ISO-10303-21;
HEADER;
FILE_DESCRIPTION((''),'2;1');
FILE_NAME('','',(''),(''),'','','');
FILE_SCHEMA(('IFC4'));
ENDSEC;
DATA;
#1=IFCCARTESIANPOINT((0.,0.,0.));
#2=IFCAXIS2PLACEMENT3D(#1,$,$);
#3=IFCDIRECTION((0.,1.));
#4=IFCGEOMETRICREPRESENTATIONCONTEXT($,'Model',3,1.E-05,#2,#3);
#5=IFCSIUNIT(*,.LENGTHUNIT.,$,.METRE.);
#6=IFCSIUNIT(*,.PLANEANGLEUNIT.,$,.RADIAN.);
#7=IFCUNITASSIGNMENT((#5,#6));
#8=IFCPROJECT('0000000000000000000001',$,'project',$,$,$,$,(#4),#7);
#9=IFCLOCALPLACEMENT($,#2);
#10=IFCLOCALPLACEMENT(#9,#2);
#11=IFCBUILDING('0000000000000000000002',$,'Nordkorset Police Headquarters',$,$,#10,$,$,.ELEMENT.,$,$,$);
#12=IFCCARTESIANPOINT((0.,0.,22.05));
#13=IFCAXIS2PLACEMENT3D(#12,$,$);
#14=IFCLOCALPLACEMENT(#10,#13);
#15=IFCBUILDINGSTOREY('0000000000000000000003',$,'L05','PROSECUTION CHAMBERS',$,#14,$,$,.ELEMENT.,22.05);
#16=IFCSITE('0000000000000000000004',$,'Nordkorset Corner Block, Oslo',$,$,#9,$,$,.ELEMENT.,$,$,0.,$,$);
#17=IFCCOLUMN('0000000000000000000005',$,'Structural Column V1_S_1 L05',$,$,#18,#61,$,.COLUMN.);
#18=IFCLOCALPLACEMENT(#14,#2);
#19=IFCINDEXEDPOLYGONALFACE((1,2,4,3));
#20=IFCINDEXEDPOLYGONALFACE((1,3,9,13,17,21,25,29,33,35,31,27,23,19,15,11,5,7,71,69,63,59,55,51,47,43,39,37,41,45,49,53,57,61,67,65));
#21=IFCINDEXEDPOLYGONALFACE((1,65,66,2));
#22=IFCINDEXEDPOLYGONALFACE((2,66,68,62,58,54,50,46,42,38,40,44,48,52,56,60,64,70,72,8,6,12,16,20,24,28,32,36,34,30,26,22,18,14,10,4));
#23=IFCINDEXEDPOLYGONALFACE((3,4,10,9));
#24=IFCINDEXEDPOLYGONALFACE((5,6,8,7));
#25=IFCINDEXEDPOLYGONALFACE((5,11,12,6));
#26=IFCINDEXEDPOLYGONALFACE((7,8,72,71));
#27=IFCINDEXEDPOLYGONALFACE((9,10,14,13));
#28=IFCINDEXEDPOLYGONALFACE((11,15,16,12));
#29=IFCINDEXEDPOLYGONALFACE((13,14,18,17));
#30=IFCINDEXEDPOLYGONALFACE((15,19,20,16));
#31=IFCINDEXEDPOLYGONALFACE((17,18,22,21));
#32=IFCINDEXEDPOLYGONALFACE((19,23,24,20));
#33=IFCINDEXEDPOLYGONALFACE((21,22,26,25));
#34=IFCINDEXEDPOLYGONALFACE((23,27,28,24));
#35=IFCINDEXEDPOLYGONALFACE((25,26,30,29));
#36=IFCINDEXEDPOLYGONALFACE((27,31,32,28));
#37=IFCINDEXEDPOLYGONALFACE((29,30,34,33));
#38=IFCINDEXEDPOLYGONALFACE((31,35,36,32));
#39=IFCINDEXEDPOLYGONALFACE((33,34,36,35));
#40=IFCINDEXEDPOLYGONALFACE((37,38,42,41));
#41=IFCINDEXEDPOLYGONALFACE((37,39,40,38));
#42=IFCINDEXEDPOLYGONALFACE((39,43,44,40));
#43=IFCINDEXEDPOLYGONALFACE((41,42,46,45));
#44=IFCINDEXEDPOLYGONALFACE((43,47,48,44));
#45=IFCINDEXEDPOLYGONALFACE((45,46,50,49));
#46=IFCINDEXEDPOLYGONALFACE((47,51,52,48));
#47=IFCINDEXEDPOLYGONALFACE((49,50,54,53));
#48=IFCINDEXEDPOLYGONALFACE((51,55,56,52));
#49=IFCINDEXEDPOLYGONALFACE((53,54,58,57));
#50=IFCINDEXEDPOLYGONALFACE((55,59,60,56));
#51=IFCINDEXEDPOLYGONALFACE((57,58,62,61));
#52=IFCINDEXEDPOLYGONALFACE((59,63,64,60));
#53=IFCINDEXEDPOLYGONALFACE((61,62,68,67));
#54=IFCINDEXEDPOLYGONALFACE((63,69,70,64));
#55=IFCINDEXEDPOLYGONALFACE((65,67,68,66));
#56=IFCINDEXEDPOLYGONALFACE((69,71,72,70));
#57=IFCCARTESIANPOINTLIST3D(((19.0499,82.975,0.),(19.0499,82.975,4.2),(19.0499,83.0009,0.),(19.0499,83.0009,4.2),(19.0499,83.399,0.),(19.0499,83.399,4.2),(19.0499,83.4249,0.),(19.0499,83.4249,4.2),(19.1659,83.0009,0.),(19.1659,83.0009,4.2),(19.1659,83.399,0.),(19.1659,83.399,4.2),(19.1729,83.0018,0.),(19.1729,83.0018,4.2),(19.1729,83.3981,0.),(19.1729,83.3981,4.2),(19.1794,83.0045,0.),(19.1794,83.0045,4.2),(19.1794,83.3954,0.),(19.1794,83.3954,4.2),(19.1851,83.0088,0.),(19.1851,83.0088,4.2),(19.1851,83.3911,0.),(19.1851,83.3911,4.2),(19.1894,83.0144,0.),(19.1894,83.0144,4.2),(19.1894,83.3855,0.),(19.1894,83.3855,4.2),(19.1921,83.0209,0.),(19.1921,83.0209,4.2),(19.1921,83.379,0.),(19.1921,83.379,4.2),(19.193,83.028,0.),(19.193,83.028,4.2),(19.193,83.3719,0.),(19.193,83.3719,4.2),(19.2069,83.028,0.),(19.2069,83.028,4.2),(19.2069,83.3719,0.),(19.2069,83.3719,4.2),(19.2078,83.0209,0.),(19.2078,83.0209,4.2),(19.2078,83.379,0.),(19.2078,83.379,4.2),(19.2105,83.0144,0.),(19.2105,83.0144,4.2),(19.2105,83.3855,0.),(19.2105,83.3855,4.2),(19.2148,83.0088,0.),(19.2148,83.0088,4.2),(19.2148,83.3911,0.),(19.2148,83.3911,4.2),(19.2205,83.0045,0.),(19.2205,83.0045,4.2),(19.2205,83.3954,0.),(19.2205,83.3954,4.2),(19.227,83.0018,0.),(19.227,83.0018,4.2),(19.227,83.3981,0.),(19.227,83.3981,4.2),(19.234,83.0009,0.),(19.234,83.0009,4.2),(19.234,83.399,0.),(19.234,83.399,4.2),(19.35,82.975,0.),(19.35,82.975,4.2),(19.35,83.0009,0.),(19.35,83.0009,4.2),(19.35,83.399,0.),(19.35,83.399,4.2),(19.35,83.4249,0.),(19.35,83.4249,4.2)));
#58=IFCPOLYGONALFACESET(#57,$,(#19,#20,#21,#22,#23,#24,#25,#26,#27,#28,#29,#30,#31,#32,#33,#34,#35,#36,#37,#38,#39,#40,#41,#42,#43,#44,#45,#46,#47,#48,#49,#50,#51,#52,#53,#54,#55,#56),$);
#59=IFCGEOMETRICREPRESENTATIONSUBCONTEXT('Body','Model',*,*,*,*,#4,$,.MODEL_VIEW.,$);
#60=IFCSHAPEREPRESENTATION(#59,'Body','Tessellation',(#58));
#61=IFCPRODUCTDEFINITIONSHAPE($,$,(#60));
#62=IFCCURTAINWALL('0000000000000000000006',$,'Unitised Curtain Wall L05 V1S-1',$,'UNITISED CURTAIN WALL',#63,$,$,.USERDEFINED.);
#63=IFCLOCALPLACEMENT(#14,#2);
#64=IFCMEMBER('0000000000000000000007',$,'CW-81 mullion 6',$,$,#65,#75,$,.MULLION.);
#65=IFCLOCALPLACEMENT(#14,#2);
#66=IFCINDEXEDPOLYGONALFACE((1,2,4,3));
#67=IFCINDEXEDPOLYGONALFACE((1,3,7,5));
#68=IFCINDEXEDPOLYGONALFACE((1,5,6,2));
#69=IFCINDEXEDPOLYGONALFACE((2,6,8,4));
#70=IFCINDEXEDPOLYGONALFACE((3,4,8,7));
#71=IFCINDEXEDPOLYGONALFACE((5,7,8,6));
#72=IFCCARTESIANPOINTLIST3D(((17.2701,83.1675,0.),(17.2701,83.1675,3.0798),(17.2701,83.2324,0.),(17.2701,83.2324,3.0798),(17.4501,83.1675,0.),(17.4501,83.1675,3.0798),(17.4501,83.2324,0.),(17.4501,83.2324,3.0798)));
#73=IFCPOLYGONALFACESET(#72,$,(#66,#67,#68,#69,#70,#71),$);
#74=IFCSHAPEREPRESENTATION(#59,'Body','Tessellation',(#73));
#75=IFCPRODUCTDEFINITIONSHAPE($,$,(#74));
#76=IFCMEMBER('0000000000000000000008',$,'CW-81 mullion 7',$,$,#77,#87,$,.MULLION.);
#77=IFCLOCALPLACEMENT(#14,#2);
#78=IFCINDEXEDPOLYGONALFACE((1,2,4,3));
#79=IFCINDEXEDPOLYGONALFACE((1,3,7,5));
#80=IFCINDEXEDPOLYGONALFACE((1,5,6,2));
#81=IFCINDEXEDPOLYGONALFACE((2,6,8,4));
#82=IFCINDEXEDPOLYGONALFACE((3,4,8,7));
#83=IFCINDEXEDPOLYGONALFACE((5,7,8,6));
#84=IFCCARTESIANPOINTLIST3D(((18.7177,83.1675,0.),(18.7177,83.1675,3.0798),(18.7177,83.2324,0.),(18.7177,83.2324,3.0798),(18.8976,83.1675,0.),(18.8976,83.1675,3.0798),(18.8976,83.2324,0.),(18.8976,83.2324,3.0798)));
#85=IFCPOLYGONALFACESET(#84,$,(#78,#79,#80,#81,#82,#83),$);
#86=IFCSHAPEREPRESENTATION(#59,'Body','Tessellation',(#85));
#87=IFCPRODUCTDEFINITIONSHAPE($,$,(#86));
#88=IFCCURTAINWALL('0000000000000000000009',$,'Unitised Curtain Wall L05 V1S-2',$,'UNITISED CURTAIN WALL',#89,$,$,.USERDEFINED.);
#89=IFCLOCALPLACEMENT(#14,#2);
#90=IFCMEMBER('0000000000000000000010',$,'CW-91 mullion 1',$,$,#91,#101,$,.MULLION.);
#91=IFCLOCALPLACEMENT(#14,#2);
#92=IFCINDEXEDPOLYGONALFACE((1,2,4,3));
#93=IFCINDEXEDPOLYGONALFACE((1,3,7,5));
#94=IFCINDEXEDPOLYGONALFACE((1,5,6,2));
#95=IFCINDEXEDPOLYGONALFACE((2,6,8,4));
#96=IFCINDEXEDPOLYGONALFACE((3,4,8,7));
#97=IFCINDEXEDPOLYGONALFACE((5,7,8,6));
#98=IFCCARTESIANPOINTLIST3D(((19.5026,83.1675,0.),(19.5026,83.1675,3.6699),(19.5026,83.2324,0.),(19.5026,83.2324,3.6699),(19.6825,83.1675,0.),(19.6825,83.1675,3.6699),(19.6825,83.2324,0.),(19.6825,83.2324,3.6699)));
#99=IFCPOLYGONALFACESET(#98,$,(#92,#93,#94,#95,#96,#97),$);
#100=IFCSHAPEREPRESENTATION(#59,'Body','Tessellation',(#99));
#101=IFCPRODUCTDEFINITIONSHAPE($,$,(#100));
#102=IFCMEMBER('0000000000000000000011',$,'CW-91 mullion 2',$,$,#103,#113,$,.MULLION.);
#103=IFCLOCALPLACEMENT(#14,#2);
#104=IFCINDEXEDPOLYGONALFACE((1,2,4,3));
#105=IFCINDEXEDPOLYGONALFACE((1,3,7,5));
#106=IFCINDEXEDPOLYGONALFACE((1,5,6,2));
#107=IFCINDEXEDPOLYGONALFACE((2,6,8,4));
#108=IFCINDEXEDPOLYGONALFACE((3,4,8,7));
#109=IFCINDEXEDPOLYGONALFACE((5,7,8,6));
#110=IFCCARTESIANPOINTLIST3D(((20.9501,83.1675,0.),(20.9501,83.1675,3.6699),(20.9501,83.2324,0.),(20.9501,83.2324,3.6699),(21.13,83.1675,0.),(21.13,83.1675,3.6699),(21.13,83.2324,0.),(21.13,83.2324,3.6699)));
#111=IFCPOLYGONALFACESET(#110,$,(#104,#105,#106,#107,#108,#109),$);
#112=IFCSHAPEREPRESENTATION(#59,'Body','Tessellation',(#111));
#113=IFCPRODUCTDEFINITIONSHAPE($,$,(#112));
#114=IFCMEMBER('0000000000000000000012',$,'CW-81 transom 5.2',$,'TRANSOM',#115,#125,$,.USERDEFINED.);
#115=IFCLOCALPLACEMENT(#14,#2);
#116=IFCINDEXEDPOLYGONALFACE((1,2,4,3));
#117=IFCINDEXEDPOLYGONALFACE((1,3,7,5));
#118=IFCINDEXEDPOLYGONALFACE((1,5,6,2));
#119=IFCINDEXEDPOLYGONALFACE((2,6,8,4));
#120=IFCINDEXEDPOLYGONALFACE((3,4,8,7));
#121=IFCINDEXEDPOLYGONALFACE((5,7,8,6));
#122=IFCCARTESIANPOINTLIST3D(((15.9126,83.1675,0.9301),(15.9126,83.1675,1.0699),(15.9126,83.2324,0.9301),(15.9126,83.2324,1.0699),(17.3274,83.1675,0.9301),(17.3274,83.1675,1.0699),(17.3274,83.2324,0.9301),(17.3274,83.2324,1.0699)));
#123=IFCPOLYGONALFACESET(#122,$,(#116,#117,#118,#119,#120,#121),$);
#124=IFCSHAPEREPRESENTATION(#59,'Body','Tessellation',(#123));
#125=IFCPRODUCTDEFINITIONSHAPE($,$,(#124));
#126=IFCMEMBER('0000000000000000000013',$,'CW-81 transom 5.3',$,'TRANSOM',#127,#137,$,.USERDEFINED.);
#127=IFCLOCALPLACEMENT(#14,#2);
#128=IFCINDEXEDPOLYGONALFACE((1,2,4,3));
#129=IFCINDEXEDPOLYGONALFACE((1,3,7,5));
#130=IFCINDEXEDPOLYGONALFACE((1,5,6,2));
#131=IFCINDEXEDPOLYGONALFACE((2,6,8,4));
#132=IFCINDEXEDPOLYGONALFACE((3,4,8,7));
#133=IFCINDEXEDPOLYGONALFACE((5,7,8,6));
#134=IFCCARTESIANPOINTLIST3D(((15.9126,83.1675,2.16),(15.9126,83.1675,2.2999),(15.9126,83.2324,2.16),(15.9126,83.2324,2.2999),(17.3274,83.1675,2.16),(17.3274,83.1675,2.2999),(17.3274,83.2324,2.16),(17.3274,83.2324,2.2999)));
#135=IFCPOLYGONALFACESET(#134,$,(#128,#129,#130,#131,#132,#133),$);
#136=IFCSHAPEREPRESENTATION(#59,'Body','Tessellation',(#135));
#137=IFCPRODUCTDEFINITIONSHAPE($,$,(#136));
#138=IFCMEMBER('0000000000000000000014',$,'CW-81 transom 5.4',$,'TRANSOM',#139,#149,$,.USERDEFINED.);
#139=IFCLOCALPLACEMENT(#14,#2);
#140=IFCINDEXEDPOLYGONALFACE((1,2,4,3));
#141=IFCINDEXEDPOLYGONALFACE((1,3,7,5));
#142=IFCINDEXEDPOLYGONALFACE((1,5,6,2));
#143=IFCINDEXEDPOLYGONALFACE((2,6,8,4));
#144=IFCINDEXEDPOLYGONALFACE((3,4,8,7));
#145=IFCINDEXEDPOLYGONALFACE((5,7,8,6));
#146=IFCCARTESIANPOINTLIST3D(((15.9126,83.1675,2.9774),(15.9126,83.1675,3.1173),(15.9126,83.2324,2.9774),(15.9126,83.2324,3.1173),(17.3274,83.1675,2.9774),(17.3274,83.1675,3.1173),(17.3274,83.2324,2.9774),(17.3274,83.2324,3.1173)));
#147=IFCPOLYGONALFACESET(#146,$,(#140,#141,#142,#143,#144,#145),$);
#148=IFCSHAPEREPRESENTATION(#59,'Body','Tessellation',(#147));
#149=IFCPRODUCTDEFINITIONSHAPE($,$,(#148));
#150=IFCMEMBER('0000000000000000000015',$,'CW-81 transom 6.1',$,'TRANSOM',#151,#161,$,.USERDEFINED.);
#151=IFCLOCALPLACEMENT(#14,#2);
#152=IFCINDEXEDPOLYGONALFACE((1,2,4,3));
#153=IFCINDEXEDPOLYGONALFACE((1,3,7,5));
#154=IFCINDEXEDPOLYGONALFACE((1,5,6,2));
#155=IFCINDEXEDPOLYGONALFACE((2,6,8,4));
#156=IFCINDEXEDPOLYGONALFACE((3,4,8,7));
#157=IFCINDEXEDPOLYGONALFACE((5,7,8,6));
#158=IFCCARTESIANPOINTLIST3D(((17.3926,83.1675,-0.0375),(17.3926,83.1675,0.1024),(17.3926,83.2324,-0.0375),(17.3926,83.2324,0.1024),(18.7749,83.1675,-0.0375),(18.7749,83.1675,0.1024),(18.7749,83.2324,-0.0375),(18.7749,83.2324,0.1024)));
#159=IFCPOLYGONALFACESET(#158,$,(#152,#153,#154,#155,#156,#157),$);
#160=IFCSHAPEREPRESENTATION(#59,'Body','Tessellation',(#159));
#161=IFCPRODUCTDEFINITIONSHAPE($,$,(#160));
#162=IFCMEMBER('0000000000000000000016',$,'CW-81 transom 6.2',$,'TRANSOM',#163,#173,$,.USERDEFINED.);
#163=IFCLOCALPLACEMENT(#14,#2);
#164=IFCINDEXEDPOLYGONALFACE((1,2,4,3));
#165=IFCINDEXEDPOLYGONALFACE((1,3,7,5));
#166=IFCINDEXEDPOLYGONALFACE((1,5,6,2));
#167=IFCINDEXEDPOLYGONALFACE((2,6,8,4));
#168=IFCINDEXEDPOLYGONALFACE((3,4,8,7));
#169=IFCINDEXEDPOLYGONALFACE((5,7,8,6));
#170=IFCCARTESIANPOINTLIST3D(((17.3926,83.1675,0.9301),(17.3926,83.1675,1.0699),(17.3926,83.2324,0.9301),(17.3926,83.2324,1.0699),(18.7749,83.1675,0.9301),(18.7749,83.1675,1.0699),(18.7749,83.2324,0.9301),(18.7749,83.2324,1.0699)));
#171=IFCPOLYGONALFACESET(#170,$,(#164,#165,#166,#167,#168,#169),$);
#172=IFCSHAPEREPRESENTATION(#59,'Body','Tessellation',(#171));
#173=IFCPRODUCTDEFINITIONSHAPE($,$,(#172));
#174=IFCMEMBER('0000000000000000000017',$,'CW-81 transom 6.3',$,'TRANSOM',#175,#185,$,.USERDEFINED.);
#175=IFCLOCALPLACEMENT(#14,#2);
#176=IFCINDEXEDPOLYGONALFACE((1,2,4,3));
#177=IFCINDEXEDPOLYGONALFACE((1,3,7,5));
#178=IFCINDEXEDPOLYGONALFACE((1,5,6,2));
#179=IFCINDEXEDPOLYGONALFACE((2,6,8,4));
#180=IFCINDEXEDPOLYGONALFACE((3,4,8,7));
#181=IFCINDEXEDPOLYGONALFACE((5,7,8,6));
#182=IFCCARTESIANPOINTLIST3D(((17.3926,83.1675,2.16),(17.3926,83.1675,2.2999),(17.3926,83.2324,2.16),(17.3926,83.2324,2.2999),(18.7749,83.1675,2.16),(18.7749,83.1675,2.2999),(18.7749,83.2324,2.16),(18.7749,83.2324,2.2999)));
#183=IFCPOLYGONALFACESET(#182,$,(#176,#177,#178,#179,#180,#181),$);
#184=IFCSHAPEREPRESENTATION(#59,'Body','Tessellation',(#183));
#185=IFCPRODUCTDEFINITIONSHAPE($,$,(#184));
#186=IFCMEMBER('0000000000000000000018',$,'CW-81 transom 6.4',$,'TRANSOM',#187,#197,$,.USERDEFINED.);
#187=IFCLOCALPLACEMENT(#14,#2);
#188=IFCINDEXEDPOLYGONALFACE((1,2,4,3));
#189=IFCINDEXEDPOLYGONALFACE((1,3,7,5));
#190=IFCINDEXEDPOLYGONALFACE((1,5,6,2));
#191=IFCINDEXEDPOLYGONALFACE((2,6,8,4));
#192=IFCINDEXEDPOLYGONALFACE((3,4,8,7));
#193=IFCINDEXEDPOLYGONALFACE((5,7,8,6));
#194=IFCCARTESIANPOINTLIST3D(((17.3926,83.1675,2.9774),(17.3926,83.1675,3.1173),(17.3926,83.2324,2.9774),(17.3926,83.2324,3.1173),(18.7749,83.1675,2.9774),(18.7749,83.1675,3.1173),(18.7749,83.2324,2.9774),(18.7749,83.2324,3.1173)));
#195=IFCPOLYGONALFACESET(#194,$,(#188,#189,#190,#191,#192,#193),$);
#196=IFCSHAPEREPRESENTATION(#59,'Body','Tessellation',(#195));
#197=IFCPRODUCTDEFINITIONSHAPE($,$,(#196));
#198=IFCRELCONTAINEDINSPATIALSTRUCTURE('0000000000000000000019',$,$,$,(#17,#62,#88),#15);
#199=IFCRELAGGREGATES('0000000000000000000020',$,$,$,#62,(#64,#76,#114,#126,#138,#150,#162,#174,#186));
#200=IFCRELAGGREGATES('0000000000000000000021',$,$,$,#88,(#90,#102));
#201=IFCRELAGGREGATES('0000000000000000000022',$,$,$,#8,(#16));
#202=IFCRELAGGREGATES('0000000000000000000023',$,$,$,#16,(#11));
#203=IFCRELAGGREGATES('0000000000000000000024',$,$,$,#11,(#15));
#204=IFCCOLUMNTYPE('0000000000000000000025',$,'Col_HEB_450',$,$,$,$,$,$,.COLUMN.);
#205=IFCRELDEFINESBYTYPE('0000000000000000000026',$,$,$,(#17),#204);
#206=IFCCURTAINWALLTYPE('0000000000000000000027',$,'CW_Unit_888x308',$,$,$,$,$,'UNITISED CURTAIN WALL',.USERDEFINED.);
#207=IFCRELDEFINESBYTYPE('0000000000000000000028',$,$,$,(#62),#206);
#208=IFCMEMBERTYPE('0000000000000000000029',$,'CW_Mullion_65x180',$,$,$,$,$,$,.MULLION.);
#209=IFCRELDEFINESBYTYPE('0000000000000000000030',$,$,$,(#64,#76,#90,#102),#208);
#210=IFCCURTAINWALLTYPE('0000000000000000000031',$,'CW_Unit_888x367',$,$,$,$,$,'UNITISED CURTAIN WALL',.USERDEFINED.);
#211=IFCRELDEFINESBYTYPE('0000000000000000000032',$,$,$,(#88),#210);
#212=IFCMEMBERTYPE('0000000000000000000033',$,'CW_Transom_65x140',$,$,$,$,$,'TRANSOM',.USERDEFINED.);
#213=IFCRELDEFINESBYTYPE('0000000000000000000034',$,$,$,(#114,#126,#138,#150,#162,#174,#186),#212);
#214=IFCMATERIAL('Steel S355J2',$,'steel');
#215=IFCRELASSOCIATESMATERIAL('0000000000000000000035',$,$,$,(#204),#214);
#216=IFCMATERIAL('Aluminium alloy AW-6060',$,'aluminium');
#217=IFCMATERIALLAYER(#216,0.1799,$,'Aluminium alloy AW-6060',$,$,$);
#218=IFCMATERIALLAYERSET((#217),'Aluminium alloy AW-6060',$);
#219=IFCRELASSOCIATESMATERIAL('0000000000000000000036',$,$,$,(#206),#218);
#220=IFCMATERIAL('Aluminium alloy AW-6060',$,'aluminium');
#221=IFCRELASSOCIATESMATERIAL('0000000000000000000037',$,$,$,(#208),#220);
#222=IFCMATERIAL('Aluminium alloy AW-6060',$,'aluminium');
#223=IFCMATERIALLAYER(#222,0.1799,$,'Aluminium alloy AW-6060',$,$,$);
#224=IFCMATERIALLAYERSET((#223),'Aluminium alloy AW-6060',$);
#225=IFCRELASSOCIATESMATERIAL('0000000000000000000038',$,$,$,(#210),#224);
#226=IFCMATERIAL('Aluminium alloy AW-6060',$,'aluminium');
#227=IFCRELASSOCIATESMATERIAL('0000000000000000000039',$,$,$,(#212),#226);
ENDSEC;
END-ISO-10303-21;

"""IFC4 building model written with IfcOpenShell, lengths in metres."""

from ifc_helpers import new_model, si_unit, direction, frame, origin, origin_2d, place, context, subcontext, project, spatial, rectangle, i_section, extrude, material, layer, layer_set, material_profile, profile_set, type_object, element, aggregate, save


model = new_model("IFC4")

# Units and contexts
model_context = context("Model", 3, precision=1e-05, world=origin(), true_north=direction((0.0, 1.0)))
body_context = subcontext(model_context, "Body", "Model", "MODEL_VIEW")
ifc_project = project(units=[si_unit("LENGTHUNIT", "METRE"), si_unit("PLANEANGLEUNIT", "RADIAN")], contexts=[model_context])

# Site, building, storey
site_placement = place(None, origin())
site = spatial("IfcSite", under=ifc_project, at=site_placement, Name="Nordkorset Corner Block, Oslo", CompositionType="ELEMENT", RefElevation=0.0)
building_placement = place(site_placement, origin())
building = spatial("IfcBuilding", under=site, at=building_placement, Name="Nordkorset Police Headquarters", CompositionType="ELEMENT")
storey_placement = place(building_placement, frame((0.0, 0.0, 22.05)))
storey = spatial("IfcBuildingStorey", under=building, at=storey_placement, Name="L05", Description="PROSECUTION CHAMBERS", CompositionType="ELEMENT", Elevation=22.05)

# Column
ifc_material_1 = material(Name="Steel S355J2", Category="steel")
ifc_material_profile_1 = material_profile(ifc_material_1, i_section(OverallWidth=0.3, OverallDepth=0.45, WebThickness=0.0139, FlangeThickness=0.0259, FilletRadius=0.0271, at=origin_2d()), Name="HEB 450")
ifc_profile_set_1 = profile_set([ifc_material_profile_1], Name="Steel S355J2")
column_type = type_object("IfcColumnType", Name="Col_HEB_450", PredefinedType="COLUMN", material=ifc_profile_set_1)
column_placement = place(storey_placement, frame((19.2, 83.2, 0.0), z_axis=(0.0, 0.0, 1.0), x_axis=(1.0, 0.0, 0.0)))
element("IfcColumn", 1, at=column_placement, inside=storey, type_object=column_type, Name="Structural Column V1_S_1 L05", PredefinedType="COLUMN", context=body_context, shape_type="SweptSolid", body=[
    extrude(i_section(OverallWidth=0.3, OverallDepth=0.45, WebThickness=0.0139, FlangeThickness=0.0259, FilletRadius=0.0271, at=origin_2d()), origin(), (0.0, 0.0, 1.0), 4.2),
])

# Curtain walls, members
ifc_material_2 = material(Name="Aluminium alloy AW-6060", Category="aluminium")
ifc_layer_1 = layer(ifc_material_2, 0.1799, Name="Aluminium alloy AW-6060")
ifc_layer_set_1 = layer_set([ifc_layer_1], Name="Aluminium alloy AW-6060")
curtain_wall_type_1 = type_object("IfcCurtainWallType", Name="CW_Unit_888x308", ElementType="UNITISED CURTAIN WALL", PredefinedType="USERDEFINED", material=ifc_layer_set_1)
curtain_wall_1_placement = place(storey_placement, origin())
curtain_wall_1 = element("IfcCurtainWall", 2, at=curtain_wall_1_placement, inside=storey, type_object=curtain_wall_type_1, Name="Unitised Curtain Wall L05 V1S-1", ObjectType="UNITISED CURTAIN WALL", PredefinedType="USERDEFINED")
ifc_material_3 = material(Name="Aluminium alloy AW-6060", Category="aluminium")
ifc_material_profile_2 = material_profile(ifc_material_3, rectangle(XDim=0.0649, YDim=0.1799, at=origin_2d()), Name="ALU MULL 65x180")
ifc_profile_set_2 = profile_set([ifc_material_profile_2], Name="Aluminium alloy AW-6060")
member_type_1 = type_object("IfcMemberType", Name="CW_Mullion_65x180", PredefinedType="MULLION", material=ifc_profile_set_2)
member_1_placement = place(storey_placement, frame((17.3601, 83.2, 0.0), z_axis=(0.0, 0.0, 1.0), x_axis=(0.0, 1.0, 0.0)))
member_1 = element("IfcMember", 3, at=member_1_placement, type_object=member_type_1, Name="CW-81 mullion 6", PredefinedType="MULLION", context=body_context, shape_type="SweptSolid", body=[
    extrude(rectangle(XDim=0.0649, YDim=0.1799, at=origin_2d()), origin(), (0.0, 0.0, 1.0), 3.0798),
])
member_2_placement = place(storey_placement, frame((18.8076, 83.2, 0.0), z_axis=(0.0, 0.0, 1.0), x_axis=(0.0, 1.0, 0.0)))
member_2 = element("IfcMember", 4, at=member_2_placement, type_object=member_type_1, Name="CW-81 mullion 7", PredefinedType="MULLION", context=body_context, shape_type="SweptSolid", body=[
    extrude(rectangle(XDim=0.0649, YDim=0.1799, at=origin_2d()), origin(), (0.0, 0.0, 1.0), 3.0798),
])
ifc_material_4 = material(Name="Aluminium alloy AW-6060", Category="aluminium")
ifc_layer_2 = layer(ifc_material_4, 0.1799, Name="Aluminium alloy AW-6060")
ifc_layer_set_2 = layer_set([ifc_layer_2], Name="Aluminium alloy AW-6060")
curtain_wall_type_2 = type_object("IfcCurtainWallType", Name="CW_Unit_888x367", ElementType="UNITISED CURTAIN WALL", PredefinedType="USERDEFINED", material=ifc_layer_set_2)
curtain_wall_2_placement = place(storey_placement, origin())
curtain_wall_2 = element("IfcCurtainWall", 5, at=curtain_wall_2_placement, inside=storey, type_object=curtain_wall_type_2, Name="Unitised Curtain Wall L05 V1S-2", ObjectType="UNITISED CURTAIN WALL", PredefinedType="USERDEFINED")
member_3_placement = place(storey_placement, frame((19.5925, 83.2, 0.0), z_axis=(0.0, 0.0, 1.0), x_axis=(0.0, 1.0, 0.0)))
member_3 = element("IfcMember", 6, at=member_3_placement, type_object=member_type_1, Name="CW-91 mullion 1", PredefinedType="MULLION", context=body_context, shape_type="SweptSolid", body=[
    extrude(rectangle(XDim=0.0649, YDim=0.1799, at=origin_2d()), origin(), (0.0, 0.0, 1.0), 3.6699),
])
member_4_placement = place(storey_placement, frame((21.04, 83.2, 0.0), z_axis=(0.0, 0.0, 1.0), x_axis=(0.0, 1.0, 0.0)))
member_4 = element("IfcMember", 7, at=member_4_placement, type_object=member_type_1, Name="CW-91 mullion 2", PredefinedType="MULLION", context=body_context, shape_type="SweptSolid", body=[
    extrude(rectangle(XDim=0.0649, YDim=0.1799, at=origin_2d()), origin(), (0.0, 0.0, 1.0), 3.6699),
])

# Members
ifc_material_5 = material(Name="Aluminium alloy AW-6060", Category="aluminium")
ifc_material_profile_3 = material_profile(ifc_material_5, rectangle(XDim=0.0649, YDim=0.1399, at=origin_2d()), Name="ALU TRAN 65x140")
ifc_profile_set_3 = profile_set([ifc_material_profile_3], Name="Aluminium alloy AW-6060")
member_type_2 = type_object("IfcMemberType", Name="CW_Transom_65x140", ElementType="TRANSOM", PredefinedType="USERDEFINED", material=ifc_profile_set_3)
member_5_placement = place(storey_placement, frame((15.9126, 83.2, 1.0), z_axis=(1.0, 0.0, 0.0), x_axis=(0.0, 1.0, 0.0)))
member_5 = element("IfcMember", 8, at=member_5_placement, type_object=member_type_2, Name="CW-81 transom 5.2", ObjectType="TRANSOM", PredefinedType="USERDEFINED", context=body_context, shape_type="SweptSolid", body=[
    extrude(rectangle(XDim=0.0649, YDim=0.1399, at=origin_2d()), origin(), (0.0, 0.0, 1.0), 1.4148),
])
member_6_placement = place(storey_placement, frame((15.9126, 83.2, 2.23), z_axis=(1.0, 0.0, 0.0), x_axis=(0.0, 1.0, 0.0)))
member_6 = element("IfcMember", 9, at=member_6_placement, type_object=member_type_2, Name="CW-81 transom 5.3", ObjectType="TRANSOM", PredefinedType="USERDEFINED", context=body_context, shape_type="SweptSolid", body=[
    extrude(rectangle(XDim=0.0649, YDim=0.1399, at=origin_2d()), origin(), (0.0, 0.0, 1.0), 1.4148),
])
member_7_placement = place(storey_placement, frame((15.9126, 83.2, 3.0474), z_axis=(1.0, 0.0, 0.0), x_axis=(0.0, 1.0, 0.0)))
member_7 = element("IfcMember", 10, at=member_7_placement, type_object=member_type_2, Name="CW-81 transom 5.4", ObjectType="TRANSOM", PredefinedType="USERDEFINED", context=body_context, shape_type="SweptSolid", body=[
    extrude(rectangle(XDim=0.0649, YDim=0.1399, at=origin_2d()), origin(), (0.0, 0.0, 1.0), 1.4148),
])
member_8_placement = place(storey_placement, frame((17.3926, 83.2, 0.0325), z_axis=(1.0, 0.0, 0.0), x_axis=(0.0, 1.0, 0.0)))
member_8 = element("IfcMember", 11, at=member_8_placement, type_object=member_type_2, Name="CW-81 transom 6.1", ObjectType="TRANSOM", PredefinedType="USERDEFINED", context=body_context, shape_type="SweptSolid", body=[
    extrude(rectangle(XDim=0.0649, YDim=0.1399, at=origin_2d()), origin(), (0.0, 0.0, 1.0), 1.3823),
])
member_9_placement = place(storey_placement, frame((17.3926, 83.2, 1.0), z_axis=(1.0, 0.0, 0.0), x_axis=(0.0, 1.0, 0.0)))
member_9 = element("IfcMember", 12, at=member_9_placement, type_object=member_type_2, Name="CW-81 transom 6.2", ObjectType="TRANSOM", PredefinedType="USERDEFINED", context=body_context, shape_type="SweptSolid", body=[
    extrude(rectangle(XDim=0.0649, YDim=0.1399, at=origin_2d()), origin(), (0.0, 0.0, 1.0), 1.3823),
])
member_10_placement = place(storey_placement, frame((17.3926, 83.2, 2.23), z_axis=(1.0, 0.0, 0.0), x_axis=(0.0, 1.0, 0.0)))
member_10 = element("IfcMember", 13, at=member_10_placement, type_object=member_type_2, Name="CW-81 transom 6.3", ObjectType="TRANSOM", PredefinedType="USERDEFINED", context=body_context, shape_type="SweptSolid", body=[
    extrude(rectangle(XDim=0.0649, YDim=0.1399, at=origin_2d()), origin(), (0.0, 0.0, 1.0), 1.3823),
])
member_11_placement = place(storey_placement, frame((17.3926, 83.2, 3.0474), z_axis=(1.0, 0.0, 0.0), x_axis=(0.0, 1.0, 0.0)))
member_11 = element("IfcMember", 14, at=member_11_placement, type_object=member_type_2, Name="CW-81 transom 6.4", ObjectType="TRANSOM", PredefinedType="USERDEFINED", context=body_context, shape_type="SweptSolid", body=[
    extrude(rectangle(XDim=0.0649, YDim=0.1399, at=origin_2d()), origin(), (0.0, 0.0, 1.0), 1.3823),
])

aggregate(curtain_wall_1, [member_1, member_2, member_5, member_6, member_7, member_8, member_9, member_10, member_11])
aggregate(curtain_wall_2, [member_3, member_4])

save(model, "model.ifc")
